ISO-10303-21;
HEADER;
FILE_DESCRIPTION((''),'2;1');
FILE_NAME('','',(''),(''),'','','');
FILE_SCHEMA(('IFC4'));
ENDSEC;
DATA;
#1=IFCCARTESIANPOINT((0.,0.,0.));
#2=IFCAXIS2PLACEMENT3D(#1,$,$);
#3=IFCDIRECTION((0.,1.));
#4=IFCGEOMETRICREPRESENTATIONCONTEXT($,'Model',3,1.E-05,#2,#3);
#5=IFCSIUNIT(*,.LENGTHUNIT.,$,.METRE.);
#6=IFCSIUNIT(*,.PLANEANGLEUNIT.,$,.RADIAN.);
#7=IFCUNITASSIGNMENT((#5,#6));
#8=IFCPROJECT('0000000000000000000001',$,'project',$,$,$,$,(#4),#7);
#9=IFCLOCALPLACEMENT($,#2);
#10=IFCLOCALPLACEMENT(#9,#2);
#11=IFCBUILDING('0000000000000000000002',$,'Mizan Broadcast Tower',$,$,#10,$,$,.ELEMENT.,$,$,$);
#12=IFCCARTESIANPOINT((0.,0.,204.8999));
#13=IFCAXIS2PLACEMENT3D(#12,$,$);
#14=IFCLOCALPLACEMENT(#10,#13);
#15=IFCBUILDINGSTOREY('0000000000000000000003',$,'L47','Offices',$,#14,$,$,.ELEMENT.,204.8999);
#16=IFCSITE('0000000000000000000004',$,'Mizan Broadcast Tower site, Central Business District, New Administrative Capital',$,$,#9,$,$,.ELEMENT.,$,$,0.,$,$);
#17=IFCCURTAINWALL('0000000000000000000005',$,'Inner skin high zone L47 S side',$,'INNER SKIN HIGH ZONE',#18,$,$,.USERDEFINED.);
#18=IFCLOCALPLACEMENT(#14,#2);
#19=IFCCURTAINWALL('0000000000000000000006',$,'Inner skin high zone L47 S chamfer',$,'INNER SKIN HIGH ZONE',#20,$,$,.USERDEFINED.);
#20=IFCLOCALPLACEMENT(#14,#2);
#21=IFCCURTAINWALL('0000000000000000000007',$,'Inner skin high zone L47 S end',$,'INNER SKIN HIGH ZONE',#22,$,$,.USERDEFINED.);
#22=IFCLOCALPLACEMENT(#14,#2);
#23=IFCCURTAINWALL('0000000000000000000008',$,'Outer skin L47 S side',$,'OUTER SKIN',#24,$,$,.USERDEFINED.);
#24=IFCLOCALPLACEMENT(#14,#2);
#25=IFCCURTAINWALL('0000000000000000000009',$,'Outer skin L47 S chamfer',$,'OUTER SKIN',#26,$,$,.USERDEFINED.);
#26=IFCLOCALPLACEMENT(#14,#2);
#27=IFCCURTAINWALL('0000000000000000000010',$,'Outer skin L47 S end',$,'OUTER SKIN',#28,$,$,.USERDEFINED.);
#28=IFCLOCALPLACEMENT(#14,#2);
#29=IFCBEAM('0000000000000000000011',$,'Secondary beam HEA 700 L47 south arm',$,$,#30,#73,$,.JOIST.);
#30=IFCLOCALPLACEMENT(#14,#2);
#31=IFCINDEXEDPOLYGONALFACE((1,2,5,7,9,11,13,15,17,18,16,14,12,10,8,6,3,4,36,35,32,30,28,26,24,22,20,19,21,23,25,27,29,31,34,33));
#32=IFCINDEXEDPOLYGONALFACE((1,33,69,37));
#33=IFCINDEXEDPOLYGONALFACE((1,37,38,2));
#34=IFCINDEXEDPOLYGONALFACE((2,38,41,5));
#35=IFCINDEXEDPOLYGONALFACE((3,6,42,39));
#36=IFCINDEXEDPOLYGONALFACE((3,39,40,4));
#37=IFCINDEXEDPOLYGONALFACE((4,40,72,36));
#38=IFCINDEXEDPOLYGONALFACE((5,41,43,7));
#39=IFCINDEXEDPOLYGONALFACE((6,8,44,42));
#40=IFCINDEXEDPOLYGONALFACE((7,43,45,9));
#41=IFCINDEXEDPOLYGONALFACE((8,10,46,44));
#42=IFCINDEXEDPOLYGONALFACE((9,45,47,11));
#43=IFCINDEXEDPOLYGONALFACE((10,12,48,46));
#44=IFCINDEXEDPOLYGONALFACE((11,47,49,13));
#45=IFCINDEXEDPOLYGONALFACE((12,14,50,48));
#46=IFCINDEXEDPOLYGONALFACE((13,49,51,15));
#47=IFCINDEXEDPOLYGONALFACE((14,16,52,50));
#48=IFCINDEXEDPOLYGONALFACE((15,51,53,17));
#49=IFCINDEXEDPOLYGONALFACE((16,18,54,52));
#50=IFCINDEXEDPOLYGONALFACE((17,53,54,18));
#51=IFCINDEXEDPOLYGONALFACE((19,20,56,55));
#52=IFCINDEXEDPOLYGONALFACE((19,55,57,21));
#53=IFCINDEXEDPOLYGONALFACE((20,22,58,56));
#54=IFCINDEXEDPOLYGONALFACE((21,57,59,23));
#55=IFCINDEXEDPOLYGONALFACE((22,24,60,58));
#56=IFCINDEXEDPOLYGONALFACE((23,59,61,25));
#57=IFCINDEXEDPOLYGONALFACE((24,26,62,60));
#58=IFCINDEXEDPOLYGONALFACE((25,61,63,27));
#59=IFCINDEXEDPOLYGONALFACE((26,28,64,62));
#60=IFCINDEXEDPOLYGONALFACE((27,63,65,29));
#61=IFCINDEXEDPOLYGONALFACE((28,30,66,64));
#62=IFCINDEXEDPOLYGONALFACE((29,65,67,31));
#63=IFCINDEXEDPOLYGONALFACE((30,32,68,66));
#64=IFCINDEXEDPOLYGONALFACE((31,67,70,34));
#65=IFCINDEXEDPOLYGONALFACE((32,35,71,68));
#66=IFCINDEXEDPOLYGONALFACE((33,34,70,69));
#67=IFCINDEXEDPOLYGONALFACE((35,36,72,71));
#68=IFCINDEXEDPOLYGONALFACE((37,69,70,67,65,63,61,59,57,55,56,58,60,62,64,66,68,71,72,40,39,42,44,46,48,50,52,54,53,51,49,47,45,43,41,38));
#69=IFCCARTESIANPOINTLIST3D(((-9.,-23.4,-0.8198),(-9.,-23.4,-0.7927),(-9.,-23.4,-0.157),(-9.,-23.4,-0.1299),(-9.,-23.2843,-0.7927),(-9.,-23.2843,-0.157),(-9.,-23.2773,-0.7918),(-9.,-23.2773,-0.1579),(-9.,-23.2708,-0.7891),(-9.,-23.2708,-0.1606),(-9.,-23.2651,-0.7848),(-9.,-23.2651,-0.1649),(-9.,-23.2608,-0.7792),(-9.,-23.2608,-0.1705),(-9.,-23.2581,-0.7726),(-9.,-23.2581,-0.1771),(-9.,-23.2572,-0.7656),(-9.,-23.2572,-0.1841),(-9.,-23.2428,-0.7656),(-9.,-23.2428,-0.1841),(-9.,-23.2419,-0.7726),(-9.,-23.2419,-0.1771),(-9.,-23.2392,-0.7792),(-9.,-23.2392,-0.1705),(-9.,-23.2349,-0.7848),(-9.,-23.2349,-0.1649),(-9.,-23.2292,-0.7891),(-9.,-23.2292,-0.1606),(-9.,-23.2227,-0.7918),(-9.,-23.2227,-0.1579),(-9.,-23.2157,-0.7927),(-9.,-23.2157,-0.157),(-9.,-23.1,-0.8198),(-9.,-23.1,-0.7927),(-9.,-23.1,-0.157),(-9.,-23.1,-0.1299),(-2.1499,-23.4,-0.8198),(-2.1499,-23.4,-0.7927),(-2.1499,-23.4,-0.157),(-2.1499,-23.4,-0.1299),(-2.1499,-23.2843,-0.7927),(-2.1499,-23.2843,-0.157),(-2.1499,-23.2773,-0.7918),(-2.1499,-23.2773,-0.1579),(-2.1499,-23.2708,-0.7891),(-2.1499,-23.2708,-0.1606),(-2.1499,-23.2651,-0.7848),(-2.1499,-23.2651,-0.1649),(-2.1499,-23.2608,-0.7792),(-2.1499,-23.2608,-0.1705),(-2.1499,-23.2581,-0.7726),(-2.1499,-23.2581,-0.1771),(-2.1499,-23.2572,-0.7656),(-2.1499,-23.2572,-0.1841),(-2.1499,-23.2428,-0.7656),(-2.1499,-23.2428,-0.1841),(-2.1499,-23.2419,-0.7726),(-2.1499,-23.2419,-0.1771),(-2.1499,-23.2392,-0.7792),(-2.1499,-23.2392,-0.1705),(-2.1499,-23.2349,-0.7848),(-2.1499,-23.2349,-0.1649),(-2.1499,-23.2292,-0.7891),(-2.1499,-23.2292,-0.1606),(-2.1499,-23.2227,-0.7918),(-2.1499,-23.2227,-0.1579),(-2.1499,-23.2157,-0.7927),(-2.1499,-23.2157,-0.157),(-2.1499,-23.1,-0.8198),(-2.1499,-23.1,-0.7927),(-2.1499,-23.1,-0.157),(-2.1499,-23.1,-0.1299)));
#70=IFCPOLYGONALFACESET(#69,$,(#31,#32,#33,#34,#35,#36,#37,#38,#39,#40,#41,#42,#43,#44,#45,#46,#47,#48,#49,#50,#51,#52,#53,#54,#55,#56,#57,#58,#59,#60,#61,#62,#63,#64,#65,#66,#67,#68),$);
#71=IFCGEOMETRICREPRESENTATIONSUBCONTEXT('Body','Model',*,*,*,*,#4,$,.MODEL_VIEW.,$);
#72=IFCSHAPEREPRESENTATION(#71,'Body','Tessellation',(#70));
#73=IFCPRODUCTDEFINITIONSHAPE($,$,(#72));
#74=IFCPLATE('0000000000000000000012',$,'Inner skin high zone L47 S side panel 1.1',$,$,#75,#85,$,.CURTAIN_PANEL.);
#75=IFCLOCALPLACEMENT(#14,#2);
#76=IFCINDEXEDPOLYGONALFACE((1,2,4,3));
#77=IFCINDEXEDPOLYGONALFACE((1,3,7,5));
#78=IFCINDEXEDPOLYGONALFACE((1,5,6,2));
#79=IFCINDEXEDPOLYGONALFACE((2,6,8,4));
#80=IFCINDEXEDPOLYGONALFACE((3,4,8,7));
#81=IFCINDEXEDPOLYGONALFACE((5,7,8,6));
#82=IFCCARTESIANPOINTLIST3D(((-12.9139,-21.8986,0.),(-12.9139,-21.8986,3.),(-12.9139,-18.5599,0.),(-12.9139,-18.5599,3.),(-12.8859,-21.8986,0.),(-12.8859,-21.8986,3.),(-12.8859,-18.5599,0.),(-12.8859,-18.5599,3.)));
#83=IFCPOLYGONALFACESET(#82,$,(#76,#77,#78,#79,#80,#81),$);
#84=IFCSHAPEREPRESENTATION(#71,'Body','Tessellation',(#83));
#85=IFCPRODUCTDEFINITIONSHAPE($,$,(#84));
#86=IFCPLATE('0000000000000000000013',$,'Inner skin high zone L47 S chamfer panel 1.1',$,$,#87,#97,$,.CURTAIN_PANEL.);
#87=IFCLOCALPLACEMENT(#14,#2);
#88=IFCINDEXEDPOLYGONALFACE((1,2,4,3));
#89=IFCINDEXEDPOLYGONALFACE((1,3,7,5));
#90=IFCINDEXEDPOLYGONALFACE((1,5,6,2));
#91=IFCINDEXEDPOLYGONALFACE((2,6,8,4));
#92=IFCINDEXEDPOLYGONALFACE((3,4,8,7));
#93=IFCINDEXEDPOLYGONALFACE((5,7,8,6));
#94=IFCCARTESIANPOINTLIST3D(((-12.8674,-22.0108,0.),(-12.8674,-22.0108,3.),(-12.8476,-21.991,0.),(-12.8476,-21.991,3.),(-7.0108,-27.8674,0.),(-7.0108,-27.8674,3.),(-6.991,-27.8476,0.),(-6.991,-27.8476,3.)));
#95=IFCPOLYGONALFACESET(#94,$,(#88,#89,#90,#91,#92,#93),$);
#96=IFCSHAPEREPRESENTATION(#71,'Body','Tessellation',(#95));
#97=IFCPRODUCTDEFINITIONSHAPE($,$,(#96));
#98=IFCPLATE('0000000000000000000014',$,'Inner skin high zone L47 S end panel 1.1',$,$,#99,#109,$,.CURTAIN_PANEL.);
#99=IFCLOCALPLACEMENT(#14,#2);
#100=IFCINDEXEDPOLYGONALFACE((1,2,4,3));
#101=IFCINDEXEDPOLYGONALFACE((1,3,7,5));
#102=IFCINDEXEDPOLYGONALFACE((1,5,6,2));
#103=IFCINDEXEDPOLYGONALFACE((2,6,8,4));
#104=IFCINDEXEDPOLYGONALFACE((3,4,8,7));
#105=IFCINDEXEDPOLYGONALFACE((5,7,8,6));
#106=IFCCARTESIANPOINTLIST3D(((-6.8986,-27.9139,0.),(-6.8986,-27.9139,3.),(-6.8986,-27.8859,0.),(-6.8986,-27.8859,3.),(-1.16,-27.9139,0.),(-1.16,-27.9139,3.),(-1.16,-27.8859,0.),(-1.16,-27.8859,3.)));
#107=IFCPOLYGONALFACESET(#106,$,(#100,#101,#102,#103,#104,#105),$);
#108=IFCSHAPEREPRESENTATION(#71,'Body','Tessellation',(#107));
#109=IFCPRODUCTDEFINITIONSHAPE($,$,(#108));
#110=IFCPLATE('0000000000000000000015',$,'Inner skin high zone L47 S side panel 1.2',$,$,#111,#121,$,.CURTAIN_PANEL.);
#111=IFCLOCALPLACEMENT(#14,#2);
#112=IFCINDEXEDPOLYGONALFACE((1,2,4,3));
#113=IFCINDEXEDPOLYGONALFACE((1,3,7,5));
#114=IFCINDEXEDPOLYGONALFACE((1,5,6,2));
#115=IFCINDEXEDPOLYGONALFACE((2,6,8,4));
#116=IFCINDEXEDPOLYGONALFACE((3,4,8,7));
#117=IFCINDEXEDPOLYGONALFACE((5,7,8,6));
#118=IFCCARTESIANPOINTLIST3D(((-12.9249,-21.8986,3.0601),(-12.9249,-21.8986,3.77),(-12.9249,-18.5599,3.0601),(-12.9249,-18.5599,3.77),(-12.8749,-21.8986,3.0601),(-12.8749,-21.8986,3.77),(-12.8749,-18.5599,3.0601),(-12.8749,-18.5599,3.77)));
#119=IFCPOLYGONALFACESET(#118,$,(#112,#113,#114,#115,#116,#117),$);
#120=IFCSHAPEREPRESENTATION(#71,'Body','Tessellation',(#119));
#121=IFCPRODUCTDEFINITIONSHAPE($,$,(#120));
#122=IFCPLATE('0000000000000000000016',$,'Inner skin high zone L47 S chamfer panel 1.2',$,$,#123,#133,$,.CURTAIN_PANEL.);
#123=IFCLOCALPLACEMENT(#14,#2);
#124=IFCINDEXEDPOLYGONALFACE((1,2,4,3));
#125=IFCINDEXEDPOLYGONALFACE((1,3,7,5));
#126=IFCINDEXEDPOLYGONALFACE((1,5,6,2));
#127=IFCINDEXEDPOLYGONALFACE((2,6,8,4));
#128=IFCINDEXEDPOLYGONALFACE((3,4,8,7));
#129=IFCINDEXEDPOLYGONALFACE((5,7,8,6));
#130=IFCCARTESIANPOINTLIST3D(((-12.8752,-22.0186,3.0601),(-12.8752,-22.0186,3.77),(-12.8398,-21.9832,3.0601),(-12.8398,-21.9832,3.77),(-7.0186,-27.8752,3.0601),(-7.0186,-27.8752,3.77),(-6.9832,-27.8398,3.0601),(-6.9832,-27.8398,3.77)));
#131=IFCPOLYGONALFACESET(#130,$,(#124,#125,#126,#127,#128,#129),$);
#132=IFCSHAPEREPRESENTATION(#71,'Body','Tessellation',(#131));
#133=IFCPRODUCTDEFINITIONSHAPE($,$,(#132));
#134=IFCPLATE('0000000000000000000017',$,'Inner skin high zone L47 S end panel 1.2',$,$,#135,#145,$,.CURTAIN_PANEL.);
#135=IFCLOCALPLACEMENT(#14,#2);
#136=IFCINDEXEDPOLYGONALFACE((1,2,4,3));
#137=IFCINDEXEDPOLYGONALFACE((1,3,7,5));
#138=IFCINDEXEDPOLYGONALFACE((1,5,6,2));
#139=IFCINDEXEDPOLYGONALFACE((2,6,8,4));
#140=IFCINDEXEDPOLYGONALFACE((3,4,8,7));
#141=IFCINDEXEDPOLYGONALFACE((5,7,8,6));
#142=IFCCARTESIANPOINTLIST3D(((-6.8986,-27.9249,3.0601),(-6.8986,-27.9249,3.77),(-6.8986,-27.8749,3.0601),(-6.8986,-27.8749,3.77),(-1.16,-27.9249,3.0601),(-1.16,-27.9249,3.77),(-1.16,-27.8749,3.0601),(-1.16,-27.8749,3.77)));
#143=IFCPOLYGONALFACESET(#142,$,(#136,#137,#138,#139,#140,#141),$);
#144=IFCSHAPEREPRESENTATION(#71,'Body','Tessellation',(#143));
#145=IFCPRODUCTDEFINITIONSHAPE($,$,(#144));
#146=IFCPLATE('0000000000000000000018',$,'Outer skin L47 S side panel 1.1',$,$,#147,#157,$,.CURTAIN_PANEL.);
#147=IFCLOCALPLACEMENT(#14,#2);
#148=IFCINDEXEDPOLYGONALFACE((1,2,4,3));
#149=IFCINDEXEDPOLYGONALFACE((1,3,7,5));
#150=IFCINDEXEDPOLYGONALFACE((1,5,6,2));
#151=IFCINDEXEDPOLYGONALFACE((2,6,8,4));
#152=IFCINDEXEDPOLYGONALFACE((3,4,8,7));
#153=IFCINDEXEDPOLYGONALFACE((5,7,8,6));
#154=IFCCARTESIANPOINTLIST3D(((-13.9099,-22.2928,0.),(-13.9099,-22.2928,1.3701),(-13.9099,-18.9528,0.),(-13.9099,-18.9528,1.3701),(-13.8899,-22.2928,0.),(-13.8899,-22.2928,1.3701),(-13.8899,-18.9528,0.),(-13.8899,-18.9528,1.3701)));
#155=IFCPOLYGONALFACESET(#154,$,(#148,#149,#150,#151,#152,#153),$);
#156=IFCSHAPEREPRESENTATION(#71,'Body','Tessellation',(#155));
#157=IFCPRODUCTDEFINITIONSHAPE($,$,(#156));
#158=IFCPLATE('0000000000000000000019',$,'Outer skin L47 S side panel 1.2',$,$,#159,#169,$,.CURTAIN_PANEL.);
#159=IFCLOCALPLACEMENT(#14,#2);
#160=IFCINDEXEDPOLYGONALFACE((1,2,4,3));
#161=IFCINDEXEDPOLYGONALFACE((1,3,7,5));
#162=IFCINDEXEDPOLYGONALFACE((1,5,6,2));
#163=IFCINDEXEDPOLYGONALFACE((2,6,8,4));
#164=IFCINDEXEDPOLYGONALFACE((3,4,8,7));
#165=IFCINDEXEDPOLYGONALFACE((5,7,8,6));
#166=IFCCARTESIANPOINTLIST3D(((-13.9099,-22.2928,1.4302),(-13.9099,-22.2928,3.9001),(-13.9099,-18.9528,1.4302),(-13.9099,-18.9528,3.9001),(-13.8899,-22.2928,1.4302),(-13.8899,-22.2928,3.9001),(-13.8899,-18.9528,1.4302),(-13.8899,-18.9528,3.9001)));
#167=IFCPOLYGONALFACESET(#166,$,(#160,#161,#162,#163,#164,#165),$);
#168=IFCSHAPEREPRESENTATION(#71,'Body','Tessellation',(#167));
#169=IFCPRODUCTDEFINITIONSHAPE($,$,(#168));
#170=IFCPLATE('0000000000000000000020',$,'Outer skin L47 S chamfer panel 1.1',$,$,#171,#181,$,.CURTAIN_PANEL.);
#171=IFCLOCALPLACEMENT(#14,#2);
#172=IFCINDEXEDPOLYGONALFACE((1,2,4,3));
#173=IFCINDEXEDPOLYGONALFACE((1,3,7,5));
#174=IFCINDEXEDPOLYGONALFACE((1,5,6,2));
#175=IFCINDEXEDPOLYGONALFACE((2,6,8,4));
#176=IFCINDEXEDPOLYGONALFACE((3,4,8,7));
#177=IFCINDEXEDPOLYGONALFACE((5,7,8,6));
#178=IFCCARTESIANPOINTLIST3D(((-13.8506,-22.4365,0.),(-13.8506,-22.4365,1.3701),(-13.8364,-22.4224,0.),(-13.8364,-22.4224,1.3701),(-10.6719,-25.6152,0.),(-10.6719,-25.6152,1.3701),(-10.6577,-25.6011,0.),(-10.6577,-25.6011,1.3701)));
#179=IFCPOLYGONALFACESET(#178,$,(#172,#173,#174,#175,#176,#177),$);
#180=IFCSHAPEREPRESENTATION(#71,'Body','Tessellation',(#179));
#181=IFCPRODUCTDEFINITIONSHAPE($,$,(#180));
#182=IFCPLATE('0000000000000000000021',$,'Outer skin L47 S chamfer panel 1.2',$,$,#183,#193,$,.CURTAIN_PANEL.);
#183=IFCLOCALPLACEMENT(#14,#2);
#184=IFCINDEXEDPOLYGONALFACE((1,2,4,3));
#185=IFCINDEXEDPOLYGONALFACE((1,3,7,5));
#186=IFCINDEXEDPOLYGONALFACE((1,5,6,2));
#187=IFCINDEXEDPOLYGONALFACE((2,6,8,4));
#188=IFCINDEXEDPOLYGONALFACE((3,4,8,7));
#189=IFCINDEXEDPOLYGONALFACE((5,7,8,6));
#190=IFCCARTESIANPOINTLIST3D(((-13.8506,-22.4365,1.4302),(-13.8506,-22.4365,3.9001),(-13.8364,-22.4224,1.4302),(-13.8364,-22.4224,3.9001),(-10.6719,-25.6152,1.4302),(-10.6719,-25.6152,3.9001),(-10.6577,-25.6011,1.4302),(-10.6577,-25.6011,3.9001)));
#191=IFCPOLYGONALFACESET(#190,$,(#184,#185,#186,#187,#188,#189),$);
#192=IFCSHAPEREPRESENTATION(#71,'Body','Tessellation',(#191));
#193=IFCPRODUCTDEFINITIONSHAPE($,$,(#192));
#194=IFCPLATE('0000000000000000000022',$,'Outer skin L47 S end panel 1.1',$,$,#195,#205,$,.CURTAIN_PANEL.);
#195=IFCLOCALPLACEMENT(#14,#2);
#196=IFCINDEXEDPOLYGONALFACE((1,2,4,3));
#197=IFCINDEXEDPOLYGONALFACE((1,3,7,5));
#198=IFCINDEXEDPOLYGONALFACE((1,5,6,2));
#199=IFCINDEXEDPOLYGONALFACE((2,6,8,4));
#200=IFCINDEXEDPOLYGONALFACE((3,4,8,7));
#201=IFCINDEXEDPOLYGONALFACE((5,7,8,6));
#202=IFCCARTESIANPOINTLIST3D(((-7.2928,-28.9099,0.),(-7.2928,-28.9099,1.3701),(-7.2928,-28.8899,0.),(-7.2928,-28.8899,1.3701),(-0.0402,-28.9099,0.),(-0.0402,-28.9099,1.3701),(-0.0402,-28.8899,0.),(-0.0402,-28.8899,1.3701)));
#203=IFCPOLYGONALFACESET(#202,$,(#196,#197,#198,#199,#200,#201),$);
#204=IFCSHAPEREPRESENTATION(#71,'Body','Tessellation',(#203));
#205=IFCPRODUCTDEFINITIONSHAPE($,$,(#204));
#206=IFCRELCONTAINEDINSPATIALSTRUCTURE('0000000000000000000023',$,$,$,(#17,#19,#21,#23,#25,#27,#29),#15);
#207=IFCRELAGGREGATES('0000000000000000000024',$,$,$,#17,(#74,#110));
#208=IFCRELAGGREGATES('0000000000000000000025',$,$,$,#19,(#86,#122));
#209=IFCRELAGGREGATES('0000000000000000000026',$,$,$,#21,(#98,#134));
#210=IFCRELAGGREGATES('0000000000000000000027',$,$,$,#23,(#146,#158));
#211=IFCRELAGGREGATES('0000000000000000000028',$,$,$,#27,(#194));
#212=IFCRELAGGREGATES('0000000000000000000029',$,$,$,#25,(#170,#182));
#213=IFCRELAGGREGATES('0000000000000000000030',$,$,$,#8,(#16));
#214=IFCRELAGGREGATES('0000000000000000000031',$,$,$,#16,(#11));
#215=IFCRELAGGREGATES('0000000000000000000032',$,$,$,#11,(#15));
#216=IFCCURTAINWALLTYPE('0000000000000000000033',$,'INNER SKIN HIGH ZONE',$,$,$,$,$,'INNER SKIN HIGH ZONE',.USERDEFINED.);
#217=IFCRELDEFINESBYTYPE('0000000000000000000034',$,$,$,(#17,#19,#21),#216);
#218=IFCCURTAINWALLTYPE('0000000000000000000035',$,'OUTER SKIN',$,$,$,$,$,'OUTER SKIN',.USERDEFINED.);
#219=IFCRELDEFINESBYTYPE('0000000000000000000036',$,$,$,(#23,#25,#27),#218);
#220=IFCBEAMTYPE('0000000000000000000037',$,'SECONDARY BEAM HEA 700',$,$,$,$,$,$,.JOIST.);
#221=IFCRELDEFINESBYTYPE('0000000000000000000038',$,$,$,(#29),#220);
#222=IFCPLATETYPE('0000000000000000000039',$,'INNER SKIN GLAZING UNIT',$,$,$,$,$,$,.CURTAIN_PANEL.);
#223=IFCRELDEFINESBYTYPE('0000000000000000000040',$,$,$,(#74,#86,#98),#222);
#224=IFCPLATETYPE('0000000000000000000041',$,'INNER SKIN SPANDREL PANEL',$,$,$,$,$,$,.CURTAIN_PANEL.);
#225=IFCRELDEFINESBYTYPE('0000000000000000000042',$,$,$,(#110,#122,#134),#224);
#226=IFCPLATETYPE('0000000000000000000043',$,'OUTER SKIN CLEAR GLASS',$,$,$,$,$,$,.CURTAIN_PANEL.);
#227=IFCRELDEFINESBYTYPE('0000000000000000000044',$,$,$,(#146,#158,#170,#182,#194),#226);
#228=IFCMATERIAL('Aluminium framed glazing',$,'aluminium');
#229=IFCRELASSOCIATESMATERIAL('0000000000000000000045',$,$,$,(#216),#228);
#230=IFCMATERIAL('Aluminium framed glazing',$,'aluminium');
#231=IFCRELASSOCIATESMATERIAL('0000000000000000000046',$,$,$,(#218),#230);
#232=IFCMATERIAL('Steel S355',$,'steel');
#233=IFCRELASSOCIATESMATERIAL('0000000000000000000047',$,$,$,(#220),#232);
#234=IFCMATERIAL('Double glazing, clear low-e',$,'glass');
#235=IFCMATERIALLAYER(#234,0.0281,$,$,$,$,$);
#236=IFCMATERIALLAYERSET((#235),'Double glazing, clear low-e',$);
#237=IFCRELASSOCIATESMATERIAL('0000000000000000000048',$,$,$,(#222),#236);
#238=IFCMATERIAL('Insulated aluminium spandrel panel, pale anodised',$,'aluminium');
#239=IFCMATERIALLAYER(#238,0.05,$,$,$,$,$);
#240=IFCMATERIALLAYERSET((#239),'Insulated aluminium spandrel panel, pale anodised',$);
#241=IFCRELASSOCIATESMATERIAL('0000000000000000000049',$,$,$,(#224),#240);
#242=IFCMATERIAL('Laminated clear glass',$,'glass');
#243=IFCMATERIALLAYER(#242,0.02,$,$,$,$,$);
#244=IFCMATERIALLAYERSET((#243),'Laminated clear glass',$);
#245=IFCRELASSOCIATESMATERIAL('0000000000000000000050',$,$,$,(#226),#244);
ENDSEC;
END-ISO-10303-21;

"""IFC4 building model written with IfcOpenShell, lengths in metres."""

from ifc_helpers import new_model, si_unit, direction, frame, origin, origin_2d, place, context, subcontext, project, spatial, rectangle, i_section, extrude, material, layer, layer_set, material_profile, profile_set, type_object, element, aggregate, save


model = new_model("IFC4")

# Units and contexts
model_context = context("Model", 3, precision=1e-05, world=origin(), true_north=direction((0.0, 1.0)))
body_context = subcontext(model_context, "Body", "Model", "MODEL_VIEW")
ifc_project = project(units=[si_unit("LENGTHUNIT", "METRE"), si_unit("PLANEANGLEUNIT", "RADIAN")], contexts=[model_context])

# Site, building, storey
site_placement = place(None, origin())
site = spatial("IfcSite", under=ifc_project, at=site_placement, Name="Mizan Broadcast Tower site, Central Business District, New Administrative Capital", CompositionType="ELEMENT", RefElevation=0.0)
building_placement = place(site_placement, origin())
building = spatial("IfcBuilding", under=site, at=building_placement, Name="Mizan Broadcast Tower", CompositionType="ELEMENT")
storey_placement = place(building_placement, frame((0.0, 0.0, 204.8999)))
storey = spatial("IfcBuildingStorey", under=building, at=storey_placement, Name="L47", Description="Offices", CompositionType="ELEMENT", Elevation=204.8999)

# Curtain walls
ifc_material_1 = material(Name="Aluminium framed glazing", Category="aluminium")
curtain_wall_type_1 = type_object("IfcCurtainWallType", Name="INNER SKIN HIGH ZONE", ElementType="INNER SKIN HIGH ZONE", PredefinedType="USERDEFINED", material=ifc_material_1)
curtain_wall_1_placement = place(storey_placement, origin())
curtain_wall_1 = element("IfcCurtainWall", 1, at=curtain_wall_1_placement, inside=storey, type_object=curtain_wall_type_1, Name="Inner skin high zone L47 S side", ObjectType="INNER SKIN HIGH ZONE", PredefinedType="USERDEFINED")
curtain_wall_2_placement = place(storey_placement, origin())
curtain_wall_2 = element("IfcCurtainWall", 2, at=curtain_wall_2_placement, inside=storey, type_object=curtain_wall_type_1, Name="Inner skin high zone L47 S chamfer", ObjectType="INNER SKIN HIGH ZONE", PredefinedType="USERDEFINED")
curtain_wall_3_placement = place(storey_placement, origin())
curtain_wall_3 = element("IfcCurtainWall", 3, at=curtain_wall_3_placement, inside=storey, type_object=curtain_wall_type_1, Name="Inner skin high zone L47 S end", ObjectType="INNER SKIN HIGH ZONE", PredefinedType="USERDEFINED")

# Curtain wall
ifc_material_2 = material(Name="Aluminium framed glazing", Category="aluminium")
curtain_wall_type_2 = type_object("IfcCurtainWallType", Name="OUTER SKIN", ElementType="OUTER SKIN", PredefinedType="USERDEFINED", material=ifc_material_2)
curtain_wall_4_placement = place(storey_placement, origin())
curtain_wall_4 = element("IfcCurtainWall", 4, at=curtain_wall_4_placement, inside=storey, type_object=curtain_wall_type_2, Name="Outer skin L47 S side", ObjectType="OUTER SKIN", PredefinedType="USERDEFINED")

# Curtain wall
curtain_wall_5_placement = place(storey_placement, origin())
curtain_wall_5 = element("IfcCurtainWall", 5, at=curtain_wall_5_placement, inside=storey, type_object=curtain_wall_type_2, Name="Outer skin L47 S chamfer", ObjectType="OUTER SKIN", PredefinedType="USERDEFINED")

# Curtain wall
curtain_wall_6_placement = place(storey_placement, origin())
curtain_wall_6 = element("IfcCurtainWall", 6, at=curtain_wall_6_placement, inside=storey, type_object=curtain_wall_type_2, Name="Outer skin L47 S end", ObjectType="OUTER SKIN", PredefinedType="USERDEFINED")

# Beam
ifc_material_3 = material(Name="Steel S355", Category="steel")
ifc_material_profile_1 = material_profile(ifc_material_3, i_section(OverallWidth=0.3, OverallDepth=0.6899, WebThickness=0.0144, FlangeThickness=0.0271, FilletRadius=0.0271, at=origin_2d()), Name="HEA 700")
ifc_profile_set_1 = profile_set([ifc_material_profile_1], Name="Steel S355")
beam_type = type_object("IfcBeamType", Name="SECONDARY BEAM HEA 700", PredefinedType="JOIST", material=ifc_profile_set_1)
beam_placement = place(storey_placement, frame((-9.0, -23.25, -0.4749), z_axis=(1.0, 0.0, 0.0), x_axis=(0.0, 1.0, 0.0)))
element("IfcBeam", 7, at=beam_placement, inside=storey, type_object=beam_type, Name="Secondary beam HEA 700 L47 south arm", PredefinedType="JOIST", context=body_context, shape_type="SweptSolid", body=[
    extrude(i_section(OverallWidth=0.3, OverallDepth=0.6899, WebThickness=0.0144, FlangeThickness=0.0271, FilletRadius=0.0271, at=origin_2d()), origin(), (0.0, 0.0, 1.0), 6.8501),
])

# Plates
ifc_material_4 = material(Name="Double glazing, clear low-e", Category="glass")
ifc_layer_1 = layer(ifc_material_4, 0.0281)
ifc_layer_set_1 = layer_set([ifc_layer_1], Name="Double glazing, clear low-e")
plate_type_1 = type_object("IfcPlateType", Name="INNER SKIN GLAZING UNIT", PredefinedType="CURTAIN_PANEL", material=ifc_layer_set_1)
plate_1_placement = place(storey_placement, frame((-12.8999, -20.2292, 0.0), z_axis=(0.0, 0.0, 1.0), x_axis=(0.0, -1.0, 0.0)))
plate_1 = element("IfcPlate", 8, at=plate_1_placement, type_object=plate_type_1, Name="Inner skin high zone L47 S side panel 1.1", PredefinedType="CURTAIN_PANEL", context=body_context, shape_type="SweptSolid", body=[
    extrude(rectangle(XDim=3.3386, YDim=0.0281, at=origin_2d()), origin(), (0.0, 0.0, 1.0), 3.0),
])
plate_2_placement = place(storey_placement, frame((-9.9292, -24.9292, 0.0), z_axis=(0.0, 0.0, 1.0), x_axis=(0.707107, -0.707107, 0.0)))
plate_2 = element("IfcPlate", 9, at=plate_2_placement, type_object=plate_type_1, Name="Inner skin high zone L47 S chamfer panel 1.1", PredefinedType="CURTAIN_PANEL", context=body_context, shape_type="SweptSolid", body=[
    extrude(rectangle(XDim=8.2825, YDim=0.0281, at=origin_2d()), origin(), (0.0, 0.0, 1.0), 3.0),
])
plate_3_placement = place(storey_placement, frame((-4.0293, -27.8999, 0.0), z_axis=(0.0, 0.0, 1.0), x_axis=(1.0, 0.0, 0.0)))
plate_3 = element("IfcPlate", 10, at=plate_3_placement, type_object=plate_type_1, Name="Inner skin high zone L47 S end panel 1.1", PredefinedType="CURTAIN_PANEL", context=body_context, shape_type="SweptSolid", body=[
    extrude(rectangle(XDim=5.7385, YDim=0.0281, at=origin_2d()), origin(), (0.0, 0.0, 1.0), 3.0),
])
ifc_material_5 = material(Name="Insulated aluminium spandrel panel, pale anodised", Category="aluminium")
ifc_layer_2 = layer(ifc_material_5, 0.05)
ifc_layer_set_2 = layer_set([ifc_layer_2], Name="Insulated aluminium spandrel panel, pale anodised")
plate_type_2 = type_object("IfcPlateType", Name="INNER SKIN SPANDREL PANEL", PredefinedType="CURTAIN_PANEL", material=ifc_layer_set_2)
plate_4_placement = place(storey_placement, frame((-12.8999, -20.2292, 3.0601), z_axis=(0.0, 0.0, 1.0), x_axis=(0.0, -1.0, 0.0)))
plate_4 = element("IfcPlate", 11, at=plate_4_placement, type_object=plate_type_2, Name="Inner skin high zone L47 S side panel 1.2", PredefinedType="CURTAIN_PANEL", context=body_context, shape_type="SweptSolid", body=[
    extrude(rectangle(XDim=3.3386, YDim=0.05, at=origin_2d()), origin(), (0.0, 0.0, 1.0), 0.71),
])
aggregate(curtain_wall_1, [plate_1, plate_4])
plate_5_placement = place(storey_placement, frame((-9.9292, -24.9292, 3.0601), z_axis=(0.0, 0.0, 1.0), x_axis=(0.707107, -0.707107, 0.0)))
plate_5 = element("IfcPlate", 12, at=plate_5_placement, type_object=plate_type_2, Name="Inner skin high zone L47 S chamfer panel 1.2", PredefinedType="CURTAIN_PANEL", context=body_context, shape_type="SweptSolid", body=[
    extrude(rectangle(XDim=8.2825, YDim=0.05, at=origin_2d()), origin(), (0.0, 0.0, 1.0), 0.71),
])
aggregate(curtain_wall_2, [plate_2, plate_5])
plate_6_placement = place(storey_placement, frame((-4.0293, -27.8999, 3.0601), z_axis=(0.0, 0.0, 1.0), x_axis=(1.0, 0.0, 0.0)))
plate_6 = element("IfcPlate", 13, at=plate_6_placement, type_object=plate_type_2, Name="Inner skin high zone L47 S end panel 1.2", PredefinedType="CURTAIN_PANEL", context=body_context, shape_type="SweptSolid", body=[
    extrude(rectangle(XDim=5.7385, YDim=0.05, at=origin_2d()), origin(), (0.0, 0.0, 1.0), 0.71),
])
aggregate(curtain_wall_3, [plate_3, plate_6])
ifc_material_6 = material(Name="Laminated clear glass", Category="glass")
ifc_layer_3 = layer(ifc_material_6, 0.02)
ifc_layer_set_3 = layer_set([ifc_layer_3], Name="Laminated clear glass")
plate_type_3 = type_object("IfcPlateType", Name="OUTER SKIN CLEAR GLASS", PredefinedType="CURTAIN_PANEL", material=ifc_layer_set_3)
plate_7_placement = place(storey_placement, frame((-13.8999, -20.6228, 0.0), z_axis=(0.0, 0.0, 1.0), x_axis=(0.0, -1.0, 0.0)))
plate_7 = element("IfcPlate", 14, at=plate_7_placement, type_object=plate_type_3, Name="Outer skin L47 S side panel 1.1", PredefinedType="CURTAIN_PANEL", context=body_context, shape_type="SweptSolid", body=[
    extrude(rectangle(XDim=3.3401, YDim=0.02, at=origin_2d()), origin(), (0.0, 0.0, 1.0), 1.3701),
])
plate_8_placement = place(storey_placement, frame((-13.8999, -20.6228, 1.4302), z_axis=(0.0, 0.0, 1.0), x_axis=(0.0, -1.0, 0.0)))
plate_8 = element("IfcPlate", 15, at=plate_8_placement, type_object=plate_type_3, Name="Outer skin L47 S side panel 1.2", PredefinedType="CURTAIN_PANEL", context=body_context, shape_type="SweptSolid", body=[
    extrude(rectangle(XDim=3.3401, YDim=0.02, at=origin_2d()), origin(), (0.0, 0.0, 1.0), 2.47),
])
aggregate(curtain_wall_4, [plate_7, plate_8])
plate_9_placement = place(storey_placement, frame((-12.2542, -24.0188, 0.0), z_axis=(0.0, 0.0, 1.0), x_axis=(0.707107, -0.707107, 0.0)))
plate_9 = element("IfcPlate", 16, at=plate_9_placement, type_object=plate_type_3, Name="Outer skin L47 S chamfer panel 1.1", PredefinedType="CURTAIN_PANEL", context=body_context, shape_type="SweptSolid", body=[
    extrude(rectangle(XDim=4.4954, YDim=0.02, at=origin_2d()), origin(), (0.0, 0.0, 1.0), 1.3701),
])
plate_10_placement = place(storey_placement, frame((-12.2542, -24.0188, 1.4302), z_axis=(0.0, 0.0, 1.0), x_axis=(0.707107, -0.707107, 0.0)))
plate_10 = element("IfcPlate", 17, at=plate_10_placement, type_object=plate_type_3, Name="Outer skin L47 S chamfer panel 1.2", PredefinedType="CURTAIN_PANEL", context=body_context, shape_type="SweptSolid", body=[
    extrude(rectangle(XDim=4.4954, YDim=0.02, at=origin_2d()), origin(), (0.0, 0.0, 1.0), 2.47),
])
plate_11_placement = place(storey_placement, frame((-3.6665, -28.8999, 0.0), z_axis=(0.0, 0.0, 1.0), x_axis=(1.0, 0.0, 0.0)))
plate_11 = element("IfcPlate", 18, at=plate_11_placement, type_object=plate_type_3, Name="Outer skin L47 S end panel 1.1", PredefinedType="CURTAIN_PANEL", context=body_context, shape_type="SweptSolid", body=[
    extrude(rectangle(XDim=7.2527, YDim=0.02, at=origin_2d()), origin(), (0.0, 0.0, 1.0), 1.3701),
])
aggregate(curtain_wall_6, [plate_11])
aggregate(curtain_wall_5, [plate_9, plate_10])

save(model, "model.ifc")
